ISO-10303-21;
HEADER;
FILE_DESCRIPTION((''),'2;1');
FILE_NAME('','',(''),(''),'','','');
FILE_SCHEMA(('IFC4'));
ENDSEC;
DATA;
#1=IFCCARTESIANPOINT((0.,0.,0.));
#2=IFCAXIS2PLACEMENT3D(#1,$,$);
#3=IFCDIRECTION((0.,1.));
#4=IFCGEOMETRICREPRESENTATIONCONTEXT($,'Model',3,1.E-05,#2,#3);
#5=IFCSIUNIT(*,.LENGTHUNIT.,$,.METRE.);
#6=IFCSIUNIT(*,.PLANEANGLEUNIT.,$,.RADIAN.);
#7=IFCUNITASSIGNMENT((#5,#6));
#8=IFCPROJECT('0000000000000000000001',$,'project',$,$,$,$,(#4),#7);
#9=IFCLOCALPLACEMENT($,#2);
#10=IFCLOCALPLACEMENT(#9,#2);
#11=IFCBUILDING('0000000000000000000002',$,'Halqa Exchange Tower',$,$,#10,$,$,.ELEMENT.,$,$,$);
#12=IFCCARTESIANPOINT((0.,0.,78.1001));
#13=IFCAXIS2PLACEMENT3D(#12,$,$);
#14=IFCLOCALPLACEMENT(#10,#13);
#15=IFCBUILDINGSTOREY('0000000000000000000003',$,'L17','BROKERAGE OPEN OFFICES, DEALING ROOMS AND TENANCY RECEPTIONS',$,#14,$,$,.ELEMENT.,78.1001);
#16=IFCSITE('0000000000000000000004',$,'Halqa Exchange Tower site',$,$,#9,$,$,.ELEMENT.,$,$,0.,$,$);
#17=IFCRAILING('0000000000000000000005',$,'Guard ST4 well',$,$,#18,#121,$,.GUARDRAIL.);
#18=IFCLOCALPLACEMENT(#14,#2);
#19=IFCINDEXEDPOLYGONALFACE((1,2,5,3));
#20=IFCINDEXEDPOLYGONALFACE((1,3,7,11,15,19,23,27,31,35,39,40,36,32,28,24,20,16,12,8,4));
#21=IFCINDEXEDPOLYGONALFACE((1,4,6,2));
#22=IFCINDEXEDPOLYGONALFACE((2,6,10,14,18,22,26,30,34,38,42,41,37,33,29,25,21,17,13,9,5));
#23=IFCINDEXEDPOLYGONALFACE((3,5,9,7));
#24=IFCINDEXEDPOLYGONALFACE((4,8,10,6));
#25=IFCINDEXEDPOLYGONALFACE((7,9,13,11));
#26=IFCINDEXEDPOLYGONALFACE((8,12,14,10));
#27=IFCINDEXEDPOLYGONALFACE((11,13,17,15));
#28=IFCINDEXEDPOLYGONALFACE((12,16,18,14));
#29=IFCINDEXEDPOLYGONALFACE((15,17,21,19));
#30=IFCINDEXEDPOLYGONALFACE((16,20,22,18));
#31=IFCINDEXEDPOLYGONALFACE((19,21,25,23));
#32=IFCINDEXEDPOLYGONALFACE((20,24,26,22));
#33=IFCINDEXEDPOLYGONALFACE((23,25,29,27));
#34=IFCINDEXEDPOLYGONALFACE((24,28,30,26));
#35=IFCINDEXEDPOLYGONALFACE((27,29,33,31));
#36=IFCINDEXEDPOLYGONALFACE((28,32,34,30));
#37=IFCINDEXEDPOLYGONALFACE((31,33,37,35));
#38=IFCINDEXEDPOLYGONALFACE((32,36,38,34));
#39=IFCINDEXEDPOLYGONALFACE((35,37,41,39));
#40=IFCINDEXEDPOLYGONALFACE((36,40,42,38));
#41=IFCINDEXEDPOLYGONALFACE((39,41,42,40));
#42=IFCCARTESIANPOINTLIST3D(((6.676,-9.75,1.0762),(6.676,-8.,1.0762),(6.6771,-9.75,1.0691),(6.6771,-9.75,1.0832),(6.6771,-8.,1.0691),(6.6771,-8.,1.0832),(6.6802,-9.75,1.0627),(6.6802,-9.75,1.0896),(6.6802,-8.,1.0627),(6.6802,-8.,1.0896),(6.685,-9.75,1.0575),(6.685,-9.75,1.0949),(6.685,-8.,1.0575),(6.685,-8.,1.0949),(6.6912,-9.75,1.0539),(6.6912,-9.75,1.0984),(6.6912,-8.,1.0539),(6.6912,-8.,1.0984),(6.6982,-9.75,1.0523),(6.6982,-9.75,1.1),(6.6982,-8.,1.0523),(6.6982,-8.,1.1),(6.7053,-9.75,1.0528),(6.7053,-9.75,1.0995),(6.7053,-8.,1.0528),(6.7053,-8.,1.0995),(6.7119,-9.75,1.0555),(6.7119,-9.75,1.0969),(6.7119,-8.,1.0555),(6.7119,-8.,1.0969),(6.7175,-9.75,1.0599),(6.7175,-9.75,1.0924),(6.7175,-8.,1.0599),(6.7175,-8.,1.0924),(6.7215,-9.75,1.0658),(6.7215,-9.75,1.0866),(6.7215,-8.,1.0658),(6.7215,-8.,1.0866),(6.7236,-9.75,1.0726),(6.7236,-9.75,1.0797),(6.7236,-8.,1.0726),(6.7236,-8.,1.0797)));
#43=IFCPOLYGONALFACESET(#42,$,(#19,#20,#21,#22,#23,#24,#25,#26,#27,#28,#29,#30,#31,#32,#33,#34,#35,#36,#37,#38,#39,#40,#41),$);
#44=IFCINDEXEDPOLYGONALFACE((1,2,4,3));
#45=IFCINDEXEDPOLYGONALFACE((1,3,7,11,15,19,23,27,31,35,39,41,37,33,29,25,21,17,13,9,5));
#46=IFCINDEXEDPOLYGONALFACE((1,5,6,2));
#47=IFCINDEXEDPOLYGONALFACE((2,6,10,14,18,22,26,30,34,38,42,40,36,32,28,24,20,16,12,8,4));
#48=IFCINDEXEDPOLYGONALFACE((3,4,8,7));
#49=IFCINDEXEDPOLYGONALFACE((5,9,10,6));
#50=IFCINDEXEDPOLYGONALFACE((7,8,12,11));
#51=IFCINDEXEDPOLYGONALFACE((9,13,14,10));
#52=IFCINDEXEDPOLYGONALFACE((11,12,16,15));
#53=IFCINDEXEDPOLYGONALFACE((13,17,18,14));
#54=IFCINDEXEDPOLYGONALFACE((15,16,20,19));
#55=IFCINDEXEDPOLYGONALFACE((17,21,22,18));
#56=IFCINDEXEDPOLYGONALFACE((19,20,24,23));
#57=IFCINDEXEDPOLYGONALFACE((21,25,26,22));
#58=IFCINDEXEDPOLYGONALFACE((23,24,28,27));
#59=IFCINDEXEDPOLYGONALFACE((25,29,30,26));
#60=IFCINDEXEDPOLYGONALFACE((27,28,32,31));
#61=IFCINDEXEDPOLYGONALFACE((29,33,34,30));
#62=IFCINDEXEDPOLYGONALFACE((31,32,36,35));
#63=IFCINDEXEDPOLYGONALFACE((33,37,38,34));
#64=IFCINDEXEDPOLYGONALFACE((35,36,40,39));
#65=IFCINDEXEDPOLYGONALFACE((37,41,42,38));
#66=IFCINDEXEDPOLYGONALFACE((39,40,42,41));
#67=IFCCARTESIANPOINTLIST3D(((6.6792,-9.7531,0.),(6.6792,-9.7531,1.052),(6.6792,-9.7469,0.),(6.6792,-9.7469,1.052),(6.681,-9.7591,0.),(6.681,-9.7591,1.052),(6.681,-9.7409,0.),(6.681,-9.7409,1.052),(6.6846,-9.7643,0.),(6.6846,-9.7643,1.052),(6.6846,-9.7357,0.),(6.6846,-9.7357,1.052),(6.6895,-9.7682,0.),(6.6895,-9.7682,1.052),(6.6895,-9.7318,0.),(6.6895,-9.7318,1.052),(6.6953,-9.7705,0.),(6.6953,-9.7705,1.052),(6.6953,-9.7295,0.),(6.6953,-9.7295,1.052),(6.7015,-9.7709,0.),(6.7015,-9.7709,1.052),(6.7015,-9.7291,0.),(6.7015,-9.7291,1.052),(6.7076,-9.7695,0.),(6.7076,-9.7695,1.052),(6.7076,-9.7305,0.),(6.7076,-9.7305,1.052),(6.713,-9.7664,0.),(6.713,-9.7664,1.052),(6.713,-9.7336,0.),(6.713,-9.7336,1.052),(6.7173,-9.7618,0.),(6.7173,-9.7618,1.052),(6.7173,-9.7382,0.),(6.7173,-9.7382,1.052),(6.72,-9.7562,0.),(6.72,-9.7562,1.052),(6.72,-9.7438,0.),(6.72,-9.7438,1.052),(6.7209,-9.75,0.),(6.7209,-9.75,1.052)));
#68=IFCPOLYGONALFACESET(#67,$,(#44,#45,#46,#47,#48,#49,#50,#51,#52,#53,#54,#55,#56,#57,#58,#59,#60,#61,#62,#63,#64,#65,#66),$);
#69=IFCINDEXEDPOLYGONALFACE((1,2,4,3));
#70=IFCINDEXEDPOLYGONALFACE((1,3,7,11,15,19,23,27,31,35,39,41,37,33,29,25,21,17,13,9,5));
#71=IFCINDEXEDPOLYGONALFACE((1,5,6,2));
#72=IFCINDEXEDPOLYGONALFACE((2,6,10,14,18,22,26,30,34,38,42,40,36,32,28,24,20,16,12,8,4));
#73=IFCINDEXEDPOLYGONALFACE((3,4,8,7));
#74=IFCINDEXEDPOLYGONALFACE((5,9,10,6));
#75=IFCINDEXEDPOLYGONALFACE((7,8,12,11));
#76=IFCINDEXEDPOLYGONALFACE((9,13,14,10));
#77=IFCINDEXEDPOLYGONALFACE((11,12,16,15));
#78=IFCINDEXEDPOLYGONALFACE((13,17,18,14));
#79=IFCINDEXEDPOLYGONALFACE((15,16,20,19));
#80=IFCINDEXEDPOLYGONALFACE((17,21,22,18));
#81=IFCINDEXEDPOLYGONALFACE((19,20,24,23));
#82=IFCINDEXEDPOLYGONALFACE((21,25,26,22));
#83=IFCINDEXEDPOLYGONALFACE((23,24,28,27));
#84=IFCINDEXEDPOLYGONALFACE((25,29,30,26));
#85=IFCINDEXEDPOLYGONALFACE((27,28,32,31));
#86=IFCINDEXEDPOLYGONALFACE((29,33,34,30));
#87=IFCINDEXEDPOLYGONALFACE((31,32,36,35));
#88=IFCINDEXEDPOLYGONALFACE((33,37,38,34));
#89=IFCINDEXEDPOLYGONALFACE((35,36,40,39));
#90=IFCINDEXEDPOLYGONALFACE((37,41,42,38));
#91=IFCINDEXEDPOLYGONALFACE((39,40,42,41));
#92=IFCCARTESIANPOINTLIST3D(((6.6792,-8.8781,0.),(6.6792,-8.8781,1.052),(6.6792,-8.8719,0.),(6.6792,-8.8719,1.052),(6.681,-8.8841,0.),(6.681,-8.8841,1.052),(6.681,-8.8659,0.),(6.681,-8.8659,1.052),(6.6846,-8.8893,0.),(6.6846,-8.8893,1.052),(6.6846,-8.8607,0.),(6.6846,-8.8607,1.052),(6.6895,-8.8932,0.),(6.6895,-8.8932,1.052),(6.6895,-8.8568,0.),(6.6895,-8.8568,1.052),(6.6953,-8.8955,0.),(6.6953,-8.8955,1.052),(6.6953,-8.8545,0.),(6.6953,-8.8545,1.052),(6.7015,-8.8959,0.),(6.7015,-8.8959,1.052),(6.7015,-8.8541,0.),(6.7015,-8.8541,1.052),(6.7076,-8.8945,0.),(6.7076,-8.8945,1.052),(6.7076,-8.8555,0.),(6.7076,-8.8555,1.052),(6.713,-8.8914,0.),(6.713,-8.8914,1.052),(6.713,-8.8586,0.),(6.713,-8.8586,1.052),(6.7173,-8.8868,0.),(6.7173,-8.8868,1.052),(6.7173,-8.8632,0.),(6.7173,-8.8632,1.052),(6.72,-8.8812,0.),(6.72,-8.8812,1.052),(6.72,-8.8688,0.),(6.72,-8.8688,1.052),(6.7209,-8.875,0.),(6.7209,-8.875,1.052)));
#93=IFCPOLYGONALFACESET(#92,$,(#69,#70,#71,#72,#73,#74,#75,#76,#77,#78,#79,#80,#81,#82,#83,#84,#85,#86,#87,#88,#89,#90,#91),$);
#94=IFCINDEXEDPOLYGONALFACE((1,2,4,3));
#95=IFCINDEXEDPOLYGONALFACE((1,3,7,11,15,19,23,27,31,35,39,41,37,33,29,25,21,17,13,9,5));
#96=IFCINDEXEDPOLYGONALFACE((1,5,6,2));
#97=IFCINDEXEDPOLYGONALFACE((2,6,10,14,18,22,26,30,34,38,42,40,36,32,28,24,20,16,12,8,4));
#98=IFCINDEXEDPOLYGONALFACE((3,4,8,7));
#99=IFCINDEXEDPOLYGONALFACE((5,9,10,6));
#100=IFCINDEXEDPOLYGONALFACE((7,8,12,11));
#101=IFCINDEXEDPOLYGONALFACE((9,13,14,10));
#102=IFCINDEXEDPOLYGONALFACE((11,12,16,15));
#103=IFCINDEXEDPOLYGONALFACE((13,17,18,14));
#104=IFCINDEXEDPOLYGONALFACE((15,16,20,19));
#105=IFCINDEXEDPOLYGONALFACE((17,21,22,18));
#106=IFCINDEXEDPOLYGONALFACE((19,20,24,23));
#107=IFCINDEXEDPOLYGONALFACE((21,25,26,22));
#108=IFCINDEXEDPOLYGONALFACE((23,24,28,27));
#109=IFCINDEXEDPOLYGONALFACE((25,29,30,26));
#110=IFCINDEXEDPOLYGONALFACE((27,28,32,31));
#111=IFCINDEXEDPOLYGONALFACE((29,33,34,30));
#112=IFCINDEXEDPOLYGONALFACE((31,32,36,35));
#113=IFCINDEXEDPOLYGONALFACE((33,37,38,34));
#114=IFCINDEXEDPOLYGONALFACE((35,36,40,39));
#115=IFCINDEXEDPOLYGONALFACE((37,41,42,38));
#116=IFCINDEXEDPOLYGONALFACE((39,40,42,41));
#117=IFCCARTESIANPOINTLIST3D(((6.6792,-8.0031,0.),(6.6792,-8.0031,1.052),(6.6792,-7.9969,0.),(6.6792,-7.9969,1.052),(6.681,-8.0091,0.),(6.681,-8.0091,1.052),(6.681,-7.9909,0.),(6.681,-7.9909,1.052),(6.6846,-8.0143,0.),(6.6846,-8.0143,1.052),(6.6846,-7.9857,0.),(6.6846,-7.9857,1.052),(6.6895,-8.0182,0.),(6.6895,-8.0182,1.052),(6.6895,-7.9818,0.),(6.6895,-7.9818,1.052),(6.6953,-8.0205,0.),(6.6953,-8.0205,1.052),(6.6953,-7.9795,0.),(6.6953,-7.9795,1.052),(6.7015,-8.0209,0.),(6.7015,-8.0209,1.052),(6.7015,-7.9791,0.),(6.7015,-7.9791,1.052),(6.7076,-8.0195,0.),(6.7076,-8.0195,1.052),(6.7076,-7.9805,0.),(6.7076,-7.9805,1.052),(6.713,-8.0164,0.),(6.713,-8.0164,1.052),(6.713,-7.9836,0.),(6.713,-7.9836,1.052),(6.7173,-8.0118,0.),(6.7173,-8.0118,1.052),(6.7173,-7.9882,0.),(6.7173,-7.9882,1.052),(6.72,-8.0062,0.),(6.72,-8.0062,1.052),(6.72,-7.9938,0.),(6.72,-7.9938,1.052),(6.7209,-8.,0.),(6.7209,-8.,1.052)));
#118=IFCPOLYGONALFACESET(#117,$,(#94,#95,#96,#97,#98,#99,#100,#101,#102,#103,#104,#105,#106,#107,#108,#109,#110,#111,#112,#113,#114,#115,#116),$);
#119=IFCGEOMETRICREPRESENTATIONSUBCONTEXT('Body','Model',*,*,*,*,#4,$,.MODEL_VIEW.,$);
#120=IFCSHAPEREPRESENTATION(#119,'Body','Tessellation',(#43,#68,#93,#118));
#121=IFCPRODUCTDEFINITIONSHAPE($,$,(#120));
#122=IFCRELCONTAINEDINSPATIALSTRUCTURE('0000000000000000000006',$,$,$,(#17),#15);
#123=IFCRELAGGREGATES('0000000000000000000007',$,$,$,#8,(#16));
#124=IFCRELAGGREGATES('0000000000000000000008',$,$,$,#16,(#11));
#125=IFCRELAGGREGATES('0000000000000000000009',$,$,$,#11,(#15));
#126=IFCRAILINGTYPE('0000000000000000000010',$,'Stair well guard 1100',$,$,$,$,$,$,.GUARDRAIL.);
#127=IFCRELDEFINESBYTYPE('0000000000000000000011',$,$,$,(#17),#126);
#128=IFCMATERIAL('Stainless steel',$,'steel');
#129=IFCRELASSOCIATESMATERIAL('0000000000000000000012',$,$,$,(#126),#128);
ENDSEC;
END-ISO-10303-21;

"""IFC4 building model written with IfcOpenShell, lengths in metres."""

from ifc_helpers import new_model, si_unit, direction, frame, origin, origin_2d, place, context, subcontext, project, spatial, circle, extrude, material, type_object, element, save


model = new_model("IFC4")

# Units and contexts
model_context = context("Model", 3, precision=1e-05, world=origin(), true_north=direction((0.0, 1.0)))
body_context = subcontext(model_context, "Body", "Model", "MODEL_VIEW")
ifc_project = project(units=[si_unit("LENGTHUNIT", "METRE"), si_unit("PLANEANGLEUNIT", "RADIAN")], contexts=[model_context])

# Site, building, storey
site_placement = place(None, origin())
site = spatial("IfcSite", under=ifc_project, at=site_placement, Name="Halqa Exchange Tower site", CompositionType="ELEMENT", RefElevation=0.0)
building_placement = place(site_placement, origin())
building = spatial("IfcBuilding", under=site, at=building_placement, Name="Halqa Exchange Tower", CompositionType="ELEMENT")
storey_placement = place(building_placement, frame((0.0, 0.0, 78.1001)))
storey = spatial("IfcBuildingStorey", under=building, at=storey_placement, Name="L17", Description="BROKERAGE OPEN OFFICES, DEALING ROOMS AND TENANCY RECEPTIONS", CompositionType="ELEMENT", Elevation=78.1001)

# Railing
ifc_material_1 = material(Name="Stainless steel", Category="steel")
railing_type_1 = type_object("IfcRailingType", Name="Stair well guard 1100", PredefinedType="GUARDRAIL", material=ifc_material_1)
railing_1_placement = place(storey_placement, frame((6.7, -9.75, 0.0)))
element("IfcRailing", 1, at=railing_1_placement, inside=storey, type_object=railing_type_1, Name="Guard ST4 well", PredefinedType="GUARDRAIL", context=body_context, shape_type="SweptSolid", body=[
    extrude(circle(Radius=0.0239, at=origin_2d()), frame((0.0, 0.0, 1.0762), z_axis=(0.0, 1.0, 0.0), x_axis=(-1.0, 0.0, 0.0)), (0.0, 0.0, 1.0), 1.75),
    extrude(circle(Radius=0.021, at=origin_2d()), origin(), (0.0, 0.0, 1.0), 1.052),
    extrude(circle(Radius=0.021, at=origin_2d()), frame((0.0, 0.875, 0.0)), (0.0, 0.0, 1.0), 1.052),
    extrude(circle(Radius=0.021, at=origin_2d()), frame((0.0, 1.75, 0.0)), (0.0, 0.0, 1.0), 1.052),
])

save(model, "model.ifc")
